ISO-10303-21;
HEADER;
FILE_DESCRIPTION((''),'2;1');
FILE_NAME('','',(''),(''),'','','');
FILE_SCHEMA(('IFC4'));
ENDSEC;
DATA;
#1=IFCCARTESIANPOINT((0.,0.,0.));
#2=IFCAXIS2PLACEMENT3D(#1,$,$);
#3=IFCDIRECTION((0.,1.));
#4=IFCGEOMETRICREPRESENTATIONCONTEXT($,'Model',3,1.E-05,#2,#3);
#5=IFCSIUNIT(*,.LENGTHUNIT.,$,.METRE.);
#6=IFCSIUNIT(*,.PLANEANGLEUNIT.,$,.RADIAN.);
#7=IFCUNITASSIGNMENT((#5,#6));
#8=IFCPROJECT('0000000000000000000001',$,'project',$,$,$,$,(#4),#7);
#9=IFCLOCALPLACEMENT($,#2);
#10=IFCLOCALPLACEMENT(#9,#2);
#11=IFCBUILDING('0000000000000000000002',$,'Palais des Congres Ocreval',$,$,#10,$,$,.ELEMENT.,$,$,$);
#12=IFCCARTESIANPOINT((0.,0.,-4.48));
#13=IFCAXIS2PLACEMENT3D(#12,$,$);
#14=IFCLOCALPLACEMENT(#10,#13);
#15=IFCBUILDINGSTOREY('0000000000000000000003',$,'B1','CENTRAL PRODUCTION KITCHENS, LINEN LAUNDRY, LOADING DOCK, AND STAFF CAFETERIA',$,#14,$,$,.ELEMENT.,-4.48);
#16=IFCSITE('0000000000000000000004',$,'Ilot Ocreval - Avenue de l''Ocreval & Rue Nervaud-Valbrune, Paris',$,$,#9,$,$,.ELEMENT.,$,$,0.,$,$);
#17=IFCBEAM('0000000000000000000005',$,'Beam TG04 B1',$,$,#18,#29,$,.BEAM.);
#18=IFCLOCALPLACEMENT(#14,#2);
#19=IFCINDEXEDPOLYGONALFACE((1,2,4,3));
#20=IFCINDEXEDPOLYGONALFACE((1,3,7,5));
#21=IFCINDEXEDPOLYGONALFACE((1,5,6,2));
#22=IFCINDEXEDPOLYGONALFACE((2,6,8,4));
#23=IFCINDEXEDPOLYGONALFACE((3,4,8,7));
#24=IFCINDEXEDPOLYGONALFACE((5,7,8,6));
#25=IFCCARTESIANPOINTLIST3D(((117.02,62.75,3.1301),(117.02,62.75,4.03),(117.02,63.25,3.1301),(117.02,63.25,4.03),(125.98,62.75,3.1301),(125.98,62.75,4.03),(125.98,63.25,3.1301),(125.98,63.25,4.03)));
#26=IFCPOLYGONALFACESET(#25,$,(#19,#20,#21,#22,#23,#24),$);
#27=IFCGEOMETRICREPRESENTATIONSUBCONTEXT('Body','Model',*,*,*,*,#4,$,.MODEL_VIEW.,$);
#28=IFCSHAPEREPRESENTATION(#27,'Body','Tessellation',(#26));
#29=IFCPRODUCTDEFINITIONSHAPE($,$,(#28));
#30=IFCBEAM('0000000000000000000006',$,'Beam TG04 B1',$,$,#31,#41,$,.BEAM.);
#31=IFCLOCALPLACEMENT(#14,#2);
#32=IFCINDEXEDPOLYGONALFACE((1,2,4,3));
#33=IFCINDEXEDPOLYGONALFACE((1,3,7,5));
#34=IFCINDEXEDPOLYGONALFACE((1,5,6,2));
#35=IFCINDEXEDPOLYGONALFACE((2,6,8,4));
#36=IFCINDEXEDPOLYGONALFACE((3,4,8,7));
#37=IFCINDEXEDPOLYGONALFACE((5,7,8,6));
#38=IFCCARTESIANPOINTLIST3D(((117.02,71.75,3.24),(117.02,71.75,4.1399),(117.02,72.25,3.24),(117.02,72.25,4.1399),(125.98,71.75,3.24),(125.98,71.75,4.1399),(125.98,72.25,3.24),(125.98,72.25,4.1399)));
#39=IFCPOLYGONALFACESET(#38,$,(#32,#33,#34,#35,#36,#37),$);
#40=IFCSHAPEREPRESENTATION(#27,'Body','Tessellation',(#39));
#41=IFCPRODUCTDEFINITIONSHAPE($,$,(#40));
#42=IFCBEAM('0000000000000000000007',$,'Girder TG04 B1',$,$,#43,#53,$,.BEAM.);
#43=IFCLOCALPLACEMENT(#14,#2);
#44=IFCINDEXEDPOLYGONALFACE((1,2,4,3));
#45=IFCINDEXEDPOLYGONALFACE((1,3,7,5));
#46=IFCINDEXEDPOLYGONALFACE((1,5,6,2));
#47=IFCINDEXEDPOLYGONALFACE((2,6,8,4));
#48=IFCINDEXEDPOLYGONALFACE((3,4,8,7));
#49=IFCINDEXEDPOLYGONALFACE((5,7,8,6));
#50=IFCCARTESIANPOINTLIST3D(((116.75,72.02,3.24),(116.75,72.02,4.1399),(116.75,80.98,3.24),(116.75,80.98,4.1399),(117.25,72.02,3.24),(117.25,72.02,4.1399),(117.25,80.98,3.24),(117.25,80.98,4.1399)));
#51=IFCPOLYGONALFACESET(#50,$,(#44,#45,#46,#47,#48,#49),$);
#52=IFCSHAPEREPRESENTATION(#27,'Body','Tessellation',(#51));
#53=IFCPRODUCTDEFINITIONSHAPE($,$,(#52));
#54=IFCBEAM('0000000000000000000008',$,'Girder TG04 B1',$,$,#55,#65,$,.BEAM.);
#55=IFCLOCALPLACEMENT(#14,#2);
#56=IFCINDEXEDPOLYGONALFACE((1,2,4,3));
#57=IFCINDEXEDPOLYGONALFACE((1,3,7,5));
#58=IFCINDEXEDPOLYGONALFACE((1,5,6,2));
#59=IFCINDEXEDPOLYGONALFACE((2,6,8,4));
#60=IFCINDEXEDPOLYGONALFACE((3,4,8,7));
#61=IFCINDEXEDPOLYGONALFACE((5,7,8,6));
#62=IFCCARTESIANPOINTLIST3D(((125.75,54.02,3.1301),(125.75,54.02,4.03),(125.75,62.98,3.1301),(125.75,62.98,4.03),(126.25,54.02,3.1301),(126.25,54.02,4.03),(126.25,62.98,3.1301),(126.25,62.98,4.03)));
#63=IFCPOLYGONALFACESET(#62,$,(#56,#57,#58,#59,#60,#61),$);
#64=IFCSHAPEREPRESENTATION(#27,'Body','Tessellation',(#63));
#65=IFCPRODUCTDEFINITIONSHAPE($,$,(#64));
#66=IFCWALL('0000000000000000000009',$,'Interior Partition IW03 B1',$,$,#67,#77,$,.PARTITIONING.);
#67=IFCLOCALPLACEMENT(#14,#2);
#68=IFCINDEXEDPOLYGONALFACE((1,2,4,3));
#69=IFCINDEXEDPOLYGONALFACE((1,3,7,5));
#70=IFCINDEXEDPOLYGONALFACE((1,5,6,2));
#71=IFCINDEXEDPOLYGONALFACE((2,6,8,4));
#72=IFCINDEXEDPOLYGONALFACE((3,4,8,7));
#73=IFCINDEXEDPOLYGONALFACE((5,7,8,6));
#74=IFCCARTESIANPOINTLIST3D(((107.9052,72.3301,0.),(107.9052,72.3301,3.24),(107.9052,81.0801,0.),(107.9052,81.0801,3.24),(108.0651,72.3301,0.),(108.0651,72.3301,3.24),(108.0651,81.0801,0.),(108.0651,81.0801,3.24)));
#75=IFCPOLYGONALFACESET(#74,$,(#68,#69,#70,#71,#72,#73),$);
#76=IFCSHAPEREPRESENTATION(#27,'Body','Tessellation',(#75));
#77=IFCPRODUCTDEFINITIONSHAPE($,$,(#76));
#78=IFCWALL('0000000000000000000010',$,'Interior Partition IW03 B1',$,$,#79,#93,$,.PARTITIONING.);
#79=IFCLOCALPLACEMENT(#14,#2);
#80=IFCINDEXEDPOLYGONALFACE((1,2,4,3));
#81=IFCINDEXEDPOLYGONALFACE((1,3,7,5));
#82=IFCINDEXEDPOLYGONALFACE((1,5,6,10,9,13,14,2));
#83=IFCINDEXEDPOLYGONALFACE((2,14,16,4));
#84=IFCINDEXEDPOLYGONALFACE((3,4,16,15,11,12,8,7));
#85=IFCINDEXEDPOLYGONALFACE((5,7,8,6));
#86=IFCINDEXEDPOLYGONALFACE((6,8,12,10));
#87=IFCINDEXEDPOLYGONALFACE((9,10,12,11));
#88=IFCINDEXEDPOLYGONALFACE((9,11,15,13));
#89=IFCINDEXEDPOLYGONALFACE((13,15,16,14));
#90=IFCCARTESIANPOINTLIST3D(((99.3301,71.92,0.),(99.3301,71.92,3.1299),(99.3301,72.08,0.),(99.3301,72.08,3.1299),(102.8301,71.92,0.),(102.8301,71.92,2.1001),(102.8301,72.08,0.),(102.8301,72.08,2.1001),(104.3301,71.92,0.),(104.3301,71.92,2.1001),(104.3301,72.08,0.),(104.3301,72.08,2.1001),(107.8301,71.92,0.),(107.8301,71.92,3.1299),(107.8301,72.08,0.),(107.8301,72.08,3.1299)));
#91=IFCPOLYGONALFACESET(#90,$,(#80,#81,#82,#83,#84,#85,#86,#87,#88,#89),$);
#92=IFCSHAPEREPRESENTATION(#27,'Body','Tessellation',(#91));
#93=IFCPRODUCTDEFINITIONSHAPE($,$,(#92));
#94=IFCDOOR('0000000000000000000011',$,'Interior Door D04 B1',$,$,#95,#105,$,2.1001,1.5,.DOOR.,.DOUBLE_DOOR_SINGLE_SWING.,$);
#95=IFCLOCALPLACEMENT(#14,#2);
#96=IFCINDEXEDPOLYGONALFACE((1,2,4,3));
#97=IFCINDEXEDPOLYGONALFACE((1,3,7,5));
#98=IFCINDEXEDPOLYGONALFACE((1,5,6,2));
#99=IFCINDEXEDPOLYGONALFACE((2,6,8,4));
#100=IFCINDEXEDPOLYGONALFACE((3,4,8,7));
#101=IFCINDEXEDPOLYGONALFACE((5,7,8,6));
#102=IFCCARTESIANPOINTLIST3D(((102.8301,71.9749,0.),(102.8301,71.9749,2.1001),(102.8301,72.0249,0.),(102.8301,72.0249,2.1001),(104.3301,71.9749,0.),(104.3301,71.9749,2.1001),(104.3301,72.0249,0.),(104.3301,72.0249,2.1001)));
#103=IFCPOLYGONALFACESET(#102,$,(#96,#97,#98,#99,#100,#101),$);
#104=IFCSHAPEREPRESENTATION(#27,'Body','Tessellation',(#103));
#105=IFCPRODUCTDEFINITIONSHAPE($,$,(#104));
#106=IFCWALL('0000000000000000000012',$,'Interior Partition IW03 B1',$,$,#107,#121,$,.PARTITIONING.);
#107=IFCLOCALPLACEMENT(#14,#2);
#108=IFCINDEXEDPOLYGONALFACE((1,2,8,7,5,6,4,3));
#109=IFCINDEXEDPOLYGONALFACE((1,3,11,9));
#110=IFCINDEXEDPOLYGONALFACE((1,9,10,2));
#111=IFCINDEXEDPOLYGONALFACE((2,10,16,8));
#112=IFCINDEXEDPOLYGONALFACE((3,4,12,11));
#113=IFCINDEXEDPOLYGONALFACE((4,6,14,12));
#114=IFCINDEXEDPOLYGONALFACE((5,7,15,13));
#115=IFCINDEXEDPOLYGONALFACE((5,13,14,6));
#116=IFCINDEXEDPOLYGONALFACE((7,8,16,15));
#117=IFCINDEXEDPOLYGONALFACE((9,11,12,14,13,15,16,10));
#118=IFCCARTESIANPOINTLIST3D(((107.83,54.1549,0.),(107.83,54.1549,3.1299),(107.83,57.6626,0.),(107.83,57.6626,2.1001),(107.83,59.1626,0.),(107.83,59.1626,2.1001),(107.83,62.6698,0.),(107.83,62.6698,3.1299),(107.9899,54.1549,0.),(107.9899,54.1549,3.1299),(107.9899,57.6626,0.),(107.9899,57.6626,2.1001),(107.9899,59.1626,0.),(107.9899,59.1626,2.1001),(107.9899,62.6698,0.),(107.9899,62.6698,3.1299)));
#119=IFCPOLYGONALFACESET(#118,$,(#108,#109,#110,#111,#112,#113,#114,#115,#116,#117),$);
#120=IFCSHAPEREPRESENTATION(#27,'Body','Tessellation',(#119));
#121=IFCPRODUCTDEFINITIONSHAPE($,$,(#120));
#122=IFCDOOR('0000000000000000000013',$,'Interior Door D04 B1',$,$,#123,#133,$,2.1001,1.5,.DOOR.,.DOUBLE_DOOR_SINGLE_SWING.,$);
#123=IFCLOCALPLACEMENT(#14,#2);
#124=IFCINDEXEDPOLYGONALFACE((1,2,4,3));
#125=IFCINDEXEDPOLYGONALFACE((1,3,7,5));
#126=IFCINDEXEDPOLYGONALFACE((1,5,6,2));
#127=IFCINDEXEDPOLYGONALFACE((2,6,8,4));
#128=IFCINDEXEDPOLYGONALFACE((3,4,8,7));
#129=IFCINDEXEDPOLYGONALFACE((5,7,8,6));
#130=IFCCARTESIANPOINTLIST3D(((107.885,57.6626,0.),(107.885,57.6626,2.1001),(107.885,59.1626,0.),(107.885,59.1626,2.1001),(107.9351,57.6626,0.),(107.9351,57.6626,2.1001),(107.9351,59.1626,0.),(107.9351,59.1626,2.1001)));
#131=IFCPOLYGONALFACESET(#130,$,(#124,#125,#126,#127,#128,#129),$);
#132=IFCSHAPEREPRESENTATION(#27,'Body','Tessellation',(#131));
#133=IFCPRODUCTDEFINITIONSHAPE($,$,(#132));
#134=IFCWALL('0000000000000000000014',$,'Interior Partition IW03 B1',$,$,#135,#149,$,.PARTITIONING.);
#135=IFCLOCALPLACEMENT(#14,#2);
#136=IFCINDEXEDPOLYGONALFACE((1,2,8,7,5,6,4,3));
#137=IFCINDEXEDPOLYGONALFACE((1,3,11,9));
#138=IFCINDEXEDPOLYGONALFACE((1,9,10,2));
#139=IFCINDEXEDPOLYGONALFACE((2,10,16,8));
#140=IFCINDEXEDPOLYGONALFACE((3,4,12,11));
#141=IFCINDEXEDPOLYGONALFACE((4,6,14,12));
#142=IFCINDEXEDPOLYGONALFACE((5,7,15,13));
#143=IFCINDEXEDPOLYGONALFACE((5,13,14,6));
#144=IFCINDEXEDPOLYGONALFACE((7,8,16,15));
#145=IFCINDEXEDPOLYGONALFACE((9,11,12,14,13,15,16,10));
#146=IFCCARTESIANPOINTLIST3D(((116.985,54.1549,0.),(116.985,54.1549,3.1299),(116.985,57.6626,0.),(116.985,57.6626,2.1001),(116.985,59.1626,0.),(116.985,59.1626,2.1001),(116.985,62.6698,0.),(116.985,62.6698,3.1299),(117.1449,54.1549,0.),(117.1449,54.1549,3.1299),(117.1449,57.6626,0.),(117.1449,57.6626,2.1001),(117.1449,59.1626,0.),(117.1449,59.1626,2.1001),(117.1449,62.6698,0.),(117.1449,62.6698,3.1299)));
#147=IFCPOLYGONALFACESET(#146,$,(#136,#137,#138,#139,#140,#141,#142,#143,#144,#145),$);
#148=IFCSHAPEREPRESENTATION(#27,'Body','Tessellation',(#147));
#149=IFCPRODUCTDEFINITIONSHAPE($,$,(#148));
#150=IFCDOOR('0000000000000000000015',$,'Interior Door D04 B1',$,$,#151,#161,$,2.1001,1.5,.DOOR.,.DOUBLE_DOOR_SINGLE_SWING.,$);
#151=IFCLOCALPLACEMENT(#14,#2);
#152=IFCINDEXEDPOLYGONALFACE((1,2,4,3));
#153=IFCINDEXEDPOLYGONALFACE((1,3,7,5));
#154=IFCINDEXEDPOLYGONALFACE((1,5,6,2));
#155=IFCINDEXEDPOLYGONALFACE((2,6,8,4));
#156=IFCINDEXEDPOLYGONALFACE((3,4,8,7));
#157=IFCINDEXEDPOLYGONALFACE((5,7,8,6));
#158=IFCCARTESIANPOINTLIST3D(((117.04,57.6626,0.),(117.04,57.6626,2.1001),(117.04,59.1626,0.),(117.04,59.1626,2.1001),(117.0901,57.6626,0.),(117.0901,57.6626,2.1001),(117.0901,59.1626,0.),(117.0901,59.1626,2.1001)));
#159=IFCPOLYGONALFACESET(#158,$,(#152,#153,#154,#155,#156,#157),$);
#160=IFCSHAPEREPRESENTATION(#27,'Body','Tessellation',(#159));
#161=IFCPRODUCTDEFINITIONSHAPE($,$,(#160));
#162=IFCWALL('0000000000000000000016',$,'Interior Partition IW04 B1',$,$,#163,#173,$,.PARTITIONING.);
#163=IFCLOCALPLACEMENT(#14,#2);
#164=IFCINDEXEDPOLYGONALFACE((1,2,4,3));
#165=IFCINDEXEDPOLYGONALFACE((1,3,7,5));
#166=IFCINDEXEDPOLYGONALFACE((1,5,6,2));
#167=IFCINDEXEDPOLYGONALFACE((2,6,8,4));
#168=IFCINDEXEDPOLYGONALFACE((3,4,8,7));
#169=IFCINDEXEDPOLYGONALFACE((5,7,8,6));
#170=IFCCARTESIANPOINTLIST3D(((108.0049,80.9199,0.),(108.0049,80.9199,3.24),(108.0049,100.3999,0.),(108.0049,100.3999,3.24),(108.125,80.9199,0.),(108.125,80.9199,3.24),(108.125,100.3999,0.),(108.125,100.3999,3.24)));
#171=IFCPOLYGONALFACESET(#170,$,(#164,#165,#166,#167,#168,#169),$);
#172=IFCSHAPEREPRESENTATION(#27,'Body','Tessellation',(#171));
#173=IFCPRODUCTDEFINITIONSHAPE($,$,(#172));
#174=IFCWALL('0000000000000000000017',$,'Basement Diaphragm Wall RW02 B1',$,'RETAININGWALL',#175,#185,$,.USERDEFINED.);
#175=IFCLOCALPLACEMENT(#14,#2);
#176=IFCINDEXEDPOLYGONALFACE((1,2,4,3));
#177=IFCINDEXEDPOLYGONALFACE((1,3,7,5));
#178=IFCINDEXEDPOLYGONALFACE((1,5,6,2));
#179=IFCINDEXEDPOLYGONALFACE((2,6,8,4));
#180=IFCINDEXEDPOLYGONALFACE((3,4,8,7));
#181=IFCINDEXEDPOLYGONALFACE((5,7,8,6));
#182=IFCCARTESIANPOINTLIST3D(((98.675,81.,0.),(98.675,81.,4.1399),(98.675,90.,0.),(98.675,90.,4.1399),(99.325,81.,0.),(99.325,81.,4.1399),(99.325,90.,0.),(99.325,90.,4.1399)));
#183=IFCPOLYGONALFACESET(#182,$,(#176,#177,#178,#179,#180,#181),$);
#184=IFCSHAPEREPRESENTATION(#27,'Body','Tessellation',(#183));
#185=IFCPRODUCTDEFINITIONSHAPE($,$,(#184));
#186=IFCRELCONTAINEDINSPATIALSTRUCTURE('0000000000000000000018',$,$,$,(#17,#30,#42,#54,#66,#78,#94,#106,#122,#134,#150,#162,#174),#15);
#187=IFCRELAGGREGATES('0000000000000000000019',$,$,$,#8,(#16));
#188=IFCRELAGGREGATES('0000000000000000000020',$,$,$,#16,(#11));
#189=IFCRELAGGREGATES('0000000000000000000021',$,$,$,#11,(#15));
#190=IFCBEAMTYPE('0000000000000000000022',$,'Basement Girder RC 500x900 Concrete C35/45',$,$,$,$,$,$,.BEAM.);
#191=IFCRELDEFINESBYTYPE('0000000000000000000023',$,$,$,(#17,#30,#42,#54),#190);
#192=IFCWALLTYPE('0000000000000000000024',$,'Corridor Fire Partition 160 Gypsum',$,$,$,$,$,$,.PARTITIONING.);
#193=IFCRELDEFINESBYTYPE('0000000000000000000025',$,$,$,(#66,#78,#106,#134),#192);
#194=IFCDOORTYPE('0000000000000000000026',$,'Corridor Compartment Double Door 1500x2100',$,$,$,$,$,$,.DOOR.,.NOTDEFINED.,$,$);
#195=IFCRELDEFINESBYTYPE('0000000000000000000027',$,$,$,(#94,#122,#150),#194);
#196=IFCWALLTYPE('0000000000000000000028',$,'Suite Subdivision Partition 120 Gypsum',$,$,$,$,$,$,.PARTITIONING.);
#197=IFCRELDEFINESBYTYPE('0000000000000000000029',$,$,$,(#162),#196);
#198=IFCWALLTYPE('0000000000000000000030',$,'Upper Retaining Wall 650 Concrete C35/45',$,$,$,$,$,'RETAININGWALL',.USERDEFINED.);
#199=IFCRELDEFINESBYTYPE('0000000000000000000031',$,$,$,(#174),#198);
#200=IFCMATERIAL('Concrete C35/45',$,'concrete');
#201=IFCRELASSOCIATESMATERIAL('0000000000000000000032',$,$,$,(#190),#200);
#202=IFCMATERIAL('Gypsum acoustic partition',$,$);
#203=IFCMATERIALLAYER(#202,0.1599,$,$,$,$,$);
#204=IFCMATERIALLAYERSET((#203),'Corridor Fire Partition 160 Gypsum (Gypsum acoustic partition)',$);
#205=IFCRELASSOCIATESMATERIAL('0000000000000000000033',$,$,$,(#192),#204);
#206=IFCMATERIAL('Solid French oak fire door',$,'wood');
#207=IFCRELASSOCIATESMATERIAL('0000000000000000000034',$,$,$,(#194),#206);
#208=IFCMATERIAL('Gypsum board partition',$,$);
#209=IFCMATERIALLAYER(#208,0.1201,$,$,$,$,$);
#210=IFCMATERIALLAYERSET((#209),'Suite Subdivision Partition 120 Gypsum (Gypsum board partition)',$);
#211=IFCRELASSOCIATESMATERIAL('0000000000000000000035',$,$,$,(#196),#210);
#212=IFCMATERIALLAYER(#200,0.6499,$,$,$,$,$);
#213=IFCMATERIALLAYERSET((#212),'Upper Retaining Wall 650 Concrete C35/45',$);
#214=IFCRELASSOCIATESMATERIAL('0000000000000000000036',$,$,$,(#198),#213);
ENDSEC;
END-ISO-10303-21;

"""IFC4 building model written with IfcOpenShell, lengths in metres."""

from ifc_helpers import new_model, si_unit, direction, frame, frame_2d, origin, origin_2d, place, context, subcontext, project, spatial, rectangle, extrude, material, layer, layer_set, material_profile, profile_set, type_object, element, fill, save


model = new_model("IFC4")

# Units and contexts
model_context = context("Model", 3, precision=1e-05, world=origin(), true_north=direction((0.0, 1.0)))
body_context = subcontext(model_context, "Body", "Model", "MODEL_VIEW")
ifc_project = project(units=[si_unit("LENGTHUNIT", "METRE"), si_unit("PLANEANGLEUNIT", "RADIAN")], contexts=[model_context])

# Site, building, storey
site_placement = place(None, origin())
site = spatial("IfcSite", under=ifc_project, at=site_placement, Name="Ilot Ocreval - Avenue de l'Ocreval & Rue Nervaud-Valbrune, Paris", CompositionType="ELEMENT", RefElevation=0.0)
building_placement = place(site_placement, origin())
building = spatial("IfcBuilding", under=site, at=building_placement, Name="Palais des Congres Ocreval", CompositionType="ELEMENT")
storey_placement = place(building_placement, frame((0.0, 0.0, -4.48)))
storey = spatial("IfcBuildingStorey", under=building, at=storey_placement, Name="B1", Description="CENTRAL PRODUCTION KITCHENS, LINEN LAUNDRY, LOADING DOCK, AND STAFF CAFETERIA", CompositionType="ELEMENT", Elevation=-4.48)

# Beams
ifc_material_1 = material(Name="Concrete C35/45", Category="concrete")
ifc_material_profile_1 = material_profile(ifc_material_1, rectangle(XDim=0.5, YDim=0.8999, at=origin_2d()), Name="RC 500x900")
ifc_profile_set_1 = profile_set([ifc_material_profile_1], Name="Concrete C35/45")
beam_type = type_object("IfcBeamType", Name="Basement Girder RC 500x900 Concrete C35/45", PredefinedType="BEAM", material=ifc_profile_set_1)
for number, where, z_axis, x_axis, name in (
    (1, (117.02, 63.0, 3.5801), (1.0, 0.0, 0.0), (0.0, 1.0, 0.0), "Beam TG04 B1"),
    (2, (117.02, 72.0, 3.6899), (1.0, 0.0, 0.0), (0.0, 1.0, 0.0), "Beam TG04 B1"),
    (3, (117.0, 72.02, 3.6899), (0.0, 1.0, 0.0), (-1.0, 0.0, 0.0), "Girder TG04 B1"),
    (4, (126.0, 54.02, 3.5801), (0.0, 1.0, 0.0), (-1.0, 0.0, 0.0), "Girder TG04 B1"),
):
    element("IfcBeam", number, at=place(storey_placement, frame(where, z_axis=z_axis, x_axis=x_axis)), inside=storey, type_object=beam_type, Name=name, PredefinedType="BEAM", context=body_context, shape_type="SweptSolid", body=[
        extrude(rectangle(XDim=0.5, YDim=0.8999, at=origin_2d()), origin(), (0.0, 0.0, 1.0), 8.96),
    ])

# Wall
ifc_material_2 = material(Name="Gypsum acoustic partition")
ifc_layer_1 = layer(ifc_material_2, 0.1599)
ifc_layer_set_1 = layer_set([ifc_layer_1], Name="Corridor Fire Partition 160 Gypsum (Gypsum acoustic partition)")
wall_type_1 = type_object("IfcWallType", Name="Corridor Fire Partition 160 Gypsum", PredefinedType="PARTITIONING", material=ifc_layer_set_1)
wall_1_placement = place(storey_placement, frame((107.9851, 72.3301, 0.0), z_axis=(0.0, 0.0, 1.0), x_axis=(0.0, 1.0, 0.0)))
element("IfcWall", 5, at=wall_1_placement, inside=storey, type_object=wall_type_1, Name="Interior Partition IW03 B1", PredefinedType="PARTITIONING", context=body_context, shape_type="SweptSolid", body=[
    extrude(rectangle(XDim=8.75, YDim=0.1599, at=frame_2d((4.375, 0.0))), origin(), (0.0, 0.0, 1.0), 3.24),
])

# Walls, openings, doors
wall_2_placement = place(storey_placement, frame((99.3301, 72.0, 0.0), z_axis=(0.0, 0.0, 1.0), x_axis=(1.0, 0.0, 0.0)))
wall_2 = element("IfcWall", 6, at=wall_2_placement, inside=storey, type_object=wall_type_1, Name="Interior Partition IW03 B1", PredefinedType="PARTITIONING", context=body_context, shape_type="SweptSolid", body=[
    extrude(rectangle(XDim=8.5, YDim=0.1599, at=frame_2d((4.25, 0.0))), origin(), (0.0, 0.0, 1.0), 3.1299),
])
opening_1_placement = place(wall_2_placement, frame((3.5, 0.0, 0.0)))
opening_1 = element("IfcOpeningElement", 7, at=opening_1_placement, cuts=wall_2, PredefinedType="OPENING", context=body_context, shape_type="SweptSolid", body=[
    extrude(rectangle(XDim=1.5, YDim=2.1001, at=frame_2d((0.75, 1.05))), frame((0.0, 0.0898, 0.0), z_axis=(0.0, -1.0, 0.0), x_axis=(1.0, 0.0, 0.0)), (0.0, 0.0, 1.0), 0.1799),
])
ifc_material_3 = material(Name="Solid French oak fire door", Category="wood")
door_type = type_object("IfcDoorType", Name="Corridor Compartment Double Door 1500x2100", OperationType="NOTDEFINED", PredefinedType="DOOR", material=ifc_material_3)
door_1_placement = place(opening_1_placement, origin())
door_1 = element("IfcDoor", 8, at=door_1_placement, inside=storey, type_object=door_type, Name="Interior Door D04 B1", OperationType="DOUBLE_DOOR_SINGLE_SWING", OverallHeight=2.1001, OverallWidth=1.5, PredefinedType="DOOR", context=body_context, shape_type="SweptSolid", body=[
    extrude(rectangle(XDim=1.5, YDim=2.1001, at=frame_2d((0.75, 1.05))), frame((0.0, 0.0249, 0.0), z_axis=(0.0, -1.0, 0.0), x_axis=(1.0, 0.0, 0.0)), (0.0, 0.0, 1.0), 0.05),
])
fill(opening_1, door_1)
wall_3_placement = place(storey_placement, frame((107.9099, 54.155, 0.0), z_axis=(0.0, 0.0, 1.0), x_axis=(0.0, 1.0, 0.0)))
wall_3 = element("IfcWall", 9, at=wall_3_placement, inside=storey, type_object=wall_type_1, Name="Interior Partition IW03 B1", PredefinedType="PARTITIONING", context=body_context, shape_type="SweptSolid", body=[
    extrude(rectangle(XDim=8.5149, YDim=0.1599, at=frame_2d((4.2573, 0.0))), origin(), (0.0, 0.0, 1.0), 3.1299),
])
opening_2_placement = place(wall_3_placement, frame((3.5076, 0.0, 0.0)))
opening_2 = element("IfcOpeningElement", 10, at=opening_2_placement, cuts=wall_3, PredefinedType="OPENING", context=body_context, shape_type="SweptSolid", body=[
    extrude(rectangle(XDim=1.5, YDim=2.1001, at=frame_2d((0.75, 1.05))), frame((0.0, 0.0898, 0.0), z_axis=(0.0, -1.0, 0.0), x_axis=(1.0, 0.0, 0.0)), (0.0, 0.0, 1.0), 0.1799),
])
door_2_placement = place(opening_2_placement, origin())
door_2 = element("IfcDoor", 11, at=door_2_placement, inside=storey, type_object=door_type, Name="Interior Door D04 B1", OperationType="DOUBLE_DOOR_SINGLE_SWING", OverallHeight=2.1001, OverallWidth=1.5, PredefinedType="DOOR", context=body_context, shape_type="SweptSolid", body=[
    extrude(rectangle(XDim=1.5, YDim=2.1001, at=frame_2d((0.75, 1.05))), frame((0.0, 0.0249, 0.0), z_axis=(0.0, -1.0, 0.0), x_axis=(1.0, 0.0, 0.0)), (0.0, 0.0, 1.0), 0.05),
])
fill(opening_2, door_2)
wall_4_placement = place(storey_placement, frame((117.0649, 54.155, 0.0), z_axis=(0.0, 0.0, 1.0), x_axis=(0.0, 1.0, 0.0)))
wall_4 = element("IfcWall", 12, at=wall_4_placement, inside=storey, type_object=wall_type_1, Name="Interior Partition IW03 B1", PredefinedType="PARTITIONING", context=body_context, shape_type="SweptSolid", body=[
    extrude(rectangle(XDim=8.5149, YDim=0.1599, at=frame_2d((4.2573, 0.0))), origin(), (0.0, 0.0, 1.0), 3.1299),
])
opening_3_placement = place(wall_4_placement, frame((3.5076, 0.0, 0.0)))
opening_3 = element("IfcOpeningElement", 13, at=opening_3_placement, cuts=wall_4, PredefinedType="OPENING", context=body_context, shape_type="SweptSolid", body=[
    extrude(rectangle(XDim=1.5, YDim=2.1001, at=frame_2d((0.75, 1.05))), frame((0.0, 0.0898, 0.0), z_axis=(0.0, -1.0, 0.0), x_axis=(1.0, 0.0, 0.0)), (0.0, 0.0, 1.0), 0.1799),
])
door_3_placement = place(opening_3_placement, origin())
door_3 = element("IfcDoor", 14, at=door_3_placement, inside=storey, type_object=door_type, Name="Interior Door D04 B1", OperationType="DOUBLE_DOOR_SINGLE_SWING", OverallHeight=2.1001, OverallWidth=1.5, PredefinedType="DOOR", context=body_context, shape_type="SweptSolid", body=[
    extrude(rectangle(XDim=1.5, YDim=2.1001, at=frame_2d((0.75, 1.05))), frame((0.0, 0.0249, 0.0), z_axis=(0.0, -1.0, 0.0), x_axis=(1.0, 0.0, 0.0)), (0.0, 0.0, 1.0), 0.05),
])
fill(opening_3, door_3)

# Walls
ifc_material_4 = material(Name="Gypsum board partition")
ifc_layer_2 = layer(ifc_material_4, 0.1201)
ifc_layer_set_2 = layer_set([ifc_layer_2], Name="Suite Subdivision Partition 120 Gypsum (Gypsum board partition)")
wall_type_2 = type_object("IfcWallType", Name="Suite Subdivision Partition 120 Gypsum", PredefinedType="PARTITIONING", material=ifc_layer_set_2)
wall_5_placement = place(storey_placement, frame((108.0649, 80.9199, 0.0), z_axis=(0.0, 0.0, 1.0), x_axis=(0.0, 1.0, 0.0)))
element("IfcWall", 15, at=wall_5_placement, inside=storey, type_object=wall_type_2, Name="Interior Partition IW04 B1", PredefinedType="PARTITIONING", context=body_context, shape_type="SweptSolid", body=[
    extrude(rectangle(XDim=19.48, YDim=0.1201, at=frame_2d((9.74, 0.0))), origin(), (0.0, 0.0, 1.0), 3.24),
])
ifc_layer_3 = layer(ifc_material_1, 0.6499)
ifc_layer_set_3 = layer_set([ifc_layer_3], Name="Upper Retaining Wall 650 Concrete C35/45")
wall_type_3 = type_object("IfcWallType", Name="Upper Retaining Wall 650 Concrete C35/45", ElementType="RETAININGWALL", PredefinedType="USERDEFINED", material=ifc_layer_set_3)
for number, where, z_axis, x_axis, name in (
    (16, (99.0, 81.0, 0.0), (0.0, 0.0, 1.0), (0.0, 1.0, 0.0), "Basement Diaphragm Wall RW02 B1"),
):
    element("IfcWall", number, at=place(storey_placement, frame(where, z_axis=z_axis, x_axis=x_axis)), inside=storey, type_object=wall_type_3, Name=name, ObjectType="RETAININGWALL", PredefinedType="USERDEFINED", context=body_context, shape_type="SweptSolid", body=[
        extrude(rectangle(XDim=9.0, YDim=0.6499, at=frame_2d((4.5, 0.0))), origin(), (0.0, 0.0, 1.0), 4.1399),
    ])

save(model, "model.ifc")
